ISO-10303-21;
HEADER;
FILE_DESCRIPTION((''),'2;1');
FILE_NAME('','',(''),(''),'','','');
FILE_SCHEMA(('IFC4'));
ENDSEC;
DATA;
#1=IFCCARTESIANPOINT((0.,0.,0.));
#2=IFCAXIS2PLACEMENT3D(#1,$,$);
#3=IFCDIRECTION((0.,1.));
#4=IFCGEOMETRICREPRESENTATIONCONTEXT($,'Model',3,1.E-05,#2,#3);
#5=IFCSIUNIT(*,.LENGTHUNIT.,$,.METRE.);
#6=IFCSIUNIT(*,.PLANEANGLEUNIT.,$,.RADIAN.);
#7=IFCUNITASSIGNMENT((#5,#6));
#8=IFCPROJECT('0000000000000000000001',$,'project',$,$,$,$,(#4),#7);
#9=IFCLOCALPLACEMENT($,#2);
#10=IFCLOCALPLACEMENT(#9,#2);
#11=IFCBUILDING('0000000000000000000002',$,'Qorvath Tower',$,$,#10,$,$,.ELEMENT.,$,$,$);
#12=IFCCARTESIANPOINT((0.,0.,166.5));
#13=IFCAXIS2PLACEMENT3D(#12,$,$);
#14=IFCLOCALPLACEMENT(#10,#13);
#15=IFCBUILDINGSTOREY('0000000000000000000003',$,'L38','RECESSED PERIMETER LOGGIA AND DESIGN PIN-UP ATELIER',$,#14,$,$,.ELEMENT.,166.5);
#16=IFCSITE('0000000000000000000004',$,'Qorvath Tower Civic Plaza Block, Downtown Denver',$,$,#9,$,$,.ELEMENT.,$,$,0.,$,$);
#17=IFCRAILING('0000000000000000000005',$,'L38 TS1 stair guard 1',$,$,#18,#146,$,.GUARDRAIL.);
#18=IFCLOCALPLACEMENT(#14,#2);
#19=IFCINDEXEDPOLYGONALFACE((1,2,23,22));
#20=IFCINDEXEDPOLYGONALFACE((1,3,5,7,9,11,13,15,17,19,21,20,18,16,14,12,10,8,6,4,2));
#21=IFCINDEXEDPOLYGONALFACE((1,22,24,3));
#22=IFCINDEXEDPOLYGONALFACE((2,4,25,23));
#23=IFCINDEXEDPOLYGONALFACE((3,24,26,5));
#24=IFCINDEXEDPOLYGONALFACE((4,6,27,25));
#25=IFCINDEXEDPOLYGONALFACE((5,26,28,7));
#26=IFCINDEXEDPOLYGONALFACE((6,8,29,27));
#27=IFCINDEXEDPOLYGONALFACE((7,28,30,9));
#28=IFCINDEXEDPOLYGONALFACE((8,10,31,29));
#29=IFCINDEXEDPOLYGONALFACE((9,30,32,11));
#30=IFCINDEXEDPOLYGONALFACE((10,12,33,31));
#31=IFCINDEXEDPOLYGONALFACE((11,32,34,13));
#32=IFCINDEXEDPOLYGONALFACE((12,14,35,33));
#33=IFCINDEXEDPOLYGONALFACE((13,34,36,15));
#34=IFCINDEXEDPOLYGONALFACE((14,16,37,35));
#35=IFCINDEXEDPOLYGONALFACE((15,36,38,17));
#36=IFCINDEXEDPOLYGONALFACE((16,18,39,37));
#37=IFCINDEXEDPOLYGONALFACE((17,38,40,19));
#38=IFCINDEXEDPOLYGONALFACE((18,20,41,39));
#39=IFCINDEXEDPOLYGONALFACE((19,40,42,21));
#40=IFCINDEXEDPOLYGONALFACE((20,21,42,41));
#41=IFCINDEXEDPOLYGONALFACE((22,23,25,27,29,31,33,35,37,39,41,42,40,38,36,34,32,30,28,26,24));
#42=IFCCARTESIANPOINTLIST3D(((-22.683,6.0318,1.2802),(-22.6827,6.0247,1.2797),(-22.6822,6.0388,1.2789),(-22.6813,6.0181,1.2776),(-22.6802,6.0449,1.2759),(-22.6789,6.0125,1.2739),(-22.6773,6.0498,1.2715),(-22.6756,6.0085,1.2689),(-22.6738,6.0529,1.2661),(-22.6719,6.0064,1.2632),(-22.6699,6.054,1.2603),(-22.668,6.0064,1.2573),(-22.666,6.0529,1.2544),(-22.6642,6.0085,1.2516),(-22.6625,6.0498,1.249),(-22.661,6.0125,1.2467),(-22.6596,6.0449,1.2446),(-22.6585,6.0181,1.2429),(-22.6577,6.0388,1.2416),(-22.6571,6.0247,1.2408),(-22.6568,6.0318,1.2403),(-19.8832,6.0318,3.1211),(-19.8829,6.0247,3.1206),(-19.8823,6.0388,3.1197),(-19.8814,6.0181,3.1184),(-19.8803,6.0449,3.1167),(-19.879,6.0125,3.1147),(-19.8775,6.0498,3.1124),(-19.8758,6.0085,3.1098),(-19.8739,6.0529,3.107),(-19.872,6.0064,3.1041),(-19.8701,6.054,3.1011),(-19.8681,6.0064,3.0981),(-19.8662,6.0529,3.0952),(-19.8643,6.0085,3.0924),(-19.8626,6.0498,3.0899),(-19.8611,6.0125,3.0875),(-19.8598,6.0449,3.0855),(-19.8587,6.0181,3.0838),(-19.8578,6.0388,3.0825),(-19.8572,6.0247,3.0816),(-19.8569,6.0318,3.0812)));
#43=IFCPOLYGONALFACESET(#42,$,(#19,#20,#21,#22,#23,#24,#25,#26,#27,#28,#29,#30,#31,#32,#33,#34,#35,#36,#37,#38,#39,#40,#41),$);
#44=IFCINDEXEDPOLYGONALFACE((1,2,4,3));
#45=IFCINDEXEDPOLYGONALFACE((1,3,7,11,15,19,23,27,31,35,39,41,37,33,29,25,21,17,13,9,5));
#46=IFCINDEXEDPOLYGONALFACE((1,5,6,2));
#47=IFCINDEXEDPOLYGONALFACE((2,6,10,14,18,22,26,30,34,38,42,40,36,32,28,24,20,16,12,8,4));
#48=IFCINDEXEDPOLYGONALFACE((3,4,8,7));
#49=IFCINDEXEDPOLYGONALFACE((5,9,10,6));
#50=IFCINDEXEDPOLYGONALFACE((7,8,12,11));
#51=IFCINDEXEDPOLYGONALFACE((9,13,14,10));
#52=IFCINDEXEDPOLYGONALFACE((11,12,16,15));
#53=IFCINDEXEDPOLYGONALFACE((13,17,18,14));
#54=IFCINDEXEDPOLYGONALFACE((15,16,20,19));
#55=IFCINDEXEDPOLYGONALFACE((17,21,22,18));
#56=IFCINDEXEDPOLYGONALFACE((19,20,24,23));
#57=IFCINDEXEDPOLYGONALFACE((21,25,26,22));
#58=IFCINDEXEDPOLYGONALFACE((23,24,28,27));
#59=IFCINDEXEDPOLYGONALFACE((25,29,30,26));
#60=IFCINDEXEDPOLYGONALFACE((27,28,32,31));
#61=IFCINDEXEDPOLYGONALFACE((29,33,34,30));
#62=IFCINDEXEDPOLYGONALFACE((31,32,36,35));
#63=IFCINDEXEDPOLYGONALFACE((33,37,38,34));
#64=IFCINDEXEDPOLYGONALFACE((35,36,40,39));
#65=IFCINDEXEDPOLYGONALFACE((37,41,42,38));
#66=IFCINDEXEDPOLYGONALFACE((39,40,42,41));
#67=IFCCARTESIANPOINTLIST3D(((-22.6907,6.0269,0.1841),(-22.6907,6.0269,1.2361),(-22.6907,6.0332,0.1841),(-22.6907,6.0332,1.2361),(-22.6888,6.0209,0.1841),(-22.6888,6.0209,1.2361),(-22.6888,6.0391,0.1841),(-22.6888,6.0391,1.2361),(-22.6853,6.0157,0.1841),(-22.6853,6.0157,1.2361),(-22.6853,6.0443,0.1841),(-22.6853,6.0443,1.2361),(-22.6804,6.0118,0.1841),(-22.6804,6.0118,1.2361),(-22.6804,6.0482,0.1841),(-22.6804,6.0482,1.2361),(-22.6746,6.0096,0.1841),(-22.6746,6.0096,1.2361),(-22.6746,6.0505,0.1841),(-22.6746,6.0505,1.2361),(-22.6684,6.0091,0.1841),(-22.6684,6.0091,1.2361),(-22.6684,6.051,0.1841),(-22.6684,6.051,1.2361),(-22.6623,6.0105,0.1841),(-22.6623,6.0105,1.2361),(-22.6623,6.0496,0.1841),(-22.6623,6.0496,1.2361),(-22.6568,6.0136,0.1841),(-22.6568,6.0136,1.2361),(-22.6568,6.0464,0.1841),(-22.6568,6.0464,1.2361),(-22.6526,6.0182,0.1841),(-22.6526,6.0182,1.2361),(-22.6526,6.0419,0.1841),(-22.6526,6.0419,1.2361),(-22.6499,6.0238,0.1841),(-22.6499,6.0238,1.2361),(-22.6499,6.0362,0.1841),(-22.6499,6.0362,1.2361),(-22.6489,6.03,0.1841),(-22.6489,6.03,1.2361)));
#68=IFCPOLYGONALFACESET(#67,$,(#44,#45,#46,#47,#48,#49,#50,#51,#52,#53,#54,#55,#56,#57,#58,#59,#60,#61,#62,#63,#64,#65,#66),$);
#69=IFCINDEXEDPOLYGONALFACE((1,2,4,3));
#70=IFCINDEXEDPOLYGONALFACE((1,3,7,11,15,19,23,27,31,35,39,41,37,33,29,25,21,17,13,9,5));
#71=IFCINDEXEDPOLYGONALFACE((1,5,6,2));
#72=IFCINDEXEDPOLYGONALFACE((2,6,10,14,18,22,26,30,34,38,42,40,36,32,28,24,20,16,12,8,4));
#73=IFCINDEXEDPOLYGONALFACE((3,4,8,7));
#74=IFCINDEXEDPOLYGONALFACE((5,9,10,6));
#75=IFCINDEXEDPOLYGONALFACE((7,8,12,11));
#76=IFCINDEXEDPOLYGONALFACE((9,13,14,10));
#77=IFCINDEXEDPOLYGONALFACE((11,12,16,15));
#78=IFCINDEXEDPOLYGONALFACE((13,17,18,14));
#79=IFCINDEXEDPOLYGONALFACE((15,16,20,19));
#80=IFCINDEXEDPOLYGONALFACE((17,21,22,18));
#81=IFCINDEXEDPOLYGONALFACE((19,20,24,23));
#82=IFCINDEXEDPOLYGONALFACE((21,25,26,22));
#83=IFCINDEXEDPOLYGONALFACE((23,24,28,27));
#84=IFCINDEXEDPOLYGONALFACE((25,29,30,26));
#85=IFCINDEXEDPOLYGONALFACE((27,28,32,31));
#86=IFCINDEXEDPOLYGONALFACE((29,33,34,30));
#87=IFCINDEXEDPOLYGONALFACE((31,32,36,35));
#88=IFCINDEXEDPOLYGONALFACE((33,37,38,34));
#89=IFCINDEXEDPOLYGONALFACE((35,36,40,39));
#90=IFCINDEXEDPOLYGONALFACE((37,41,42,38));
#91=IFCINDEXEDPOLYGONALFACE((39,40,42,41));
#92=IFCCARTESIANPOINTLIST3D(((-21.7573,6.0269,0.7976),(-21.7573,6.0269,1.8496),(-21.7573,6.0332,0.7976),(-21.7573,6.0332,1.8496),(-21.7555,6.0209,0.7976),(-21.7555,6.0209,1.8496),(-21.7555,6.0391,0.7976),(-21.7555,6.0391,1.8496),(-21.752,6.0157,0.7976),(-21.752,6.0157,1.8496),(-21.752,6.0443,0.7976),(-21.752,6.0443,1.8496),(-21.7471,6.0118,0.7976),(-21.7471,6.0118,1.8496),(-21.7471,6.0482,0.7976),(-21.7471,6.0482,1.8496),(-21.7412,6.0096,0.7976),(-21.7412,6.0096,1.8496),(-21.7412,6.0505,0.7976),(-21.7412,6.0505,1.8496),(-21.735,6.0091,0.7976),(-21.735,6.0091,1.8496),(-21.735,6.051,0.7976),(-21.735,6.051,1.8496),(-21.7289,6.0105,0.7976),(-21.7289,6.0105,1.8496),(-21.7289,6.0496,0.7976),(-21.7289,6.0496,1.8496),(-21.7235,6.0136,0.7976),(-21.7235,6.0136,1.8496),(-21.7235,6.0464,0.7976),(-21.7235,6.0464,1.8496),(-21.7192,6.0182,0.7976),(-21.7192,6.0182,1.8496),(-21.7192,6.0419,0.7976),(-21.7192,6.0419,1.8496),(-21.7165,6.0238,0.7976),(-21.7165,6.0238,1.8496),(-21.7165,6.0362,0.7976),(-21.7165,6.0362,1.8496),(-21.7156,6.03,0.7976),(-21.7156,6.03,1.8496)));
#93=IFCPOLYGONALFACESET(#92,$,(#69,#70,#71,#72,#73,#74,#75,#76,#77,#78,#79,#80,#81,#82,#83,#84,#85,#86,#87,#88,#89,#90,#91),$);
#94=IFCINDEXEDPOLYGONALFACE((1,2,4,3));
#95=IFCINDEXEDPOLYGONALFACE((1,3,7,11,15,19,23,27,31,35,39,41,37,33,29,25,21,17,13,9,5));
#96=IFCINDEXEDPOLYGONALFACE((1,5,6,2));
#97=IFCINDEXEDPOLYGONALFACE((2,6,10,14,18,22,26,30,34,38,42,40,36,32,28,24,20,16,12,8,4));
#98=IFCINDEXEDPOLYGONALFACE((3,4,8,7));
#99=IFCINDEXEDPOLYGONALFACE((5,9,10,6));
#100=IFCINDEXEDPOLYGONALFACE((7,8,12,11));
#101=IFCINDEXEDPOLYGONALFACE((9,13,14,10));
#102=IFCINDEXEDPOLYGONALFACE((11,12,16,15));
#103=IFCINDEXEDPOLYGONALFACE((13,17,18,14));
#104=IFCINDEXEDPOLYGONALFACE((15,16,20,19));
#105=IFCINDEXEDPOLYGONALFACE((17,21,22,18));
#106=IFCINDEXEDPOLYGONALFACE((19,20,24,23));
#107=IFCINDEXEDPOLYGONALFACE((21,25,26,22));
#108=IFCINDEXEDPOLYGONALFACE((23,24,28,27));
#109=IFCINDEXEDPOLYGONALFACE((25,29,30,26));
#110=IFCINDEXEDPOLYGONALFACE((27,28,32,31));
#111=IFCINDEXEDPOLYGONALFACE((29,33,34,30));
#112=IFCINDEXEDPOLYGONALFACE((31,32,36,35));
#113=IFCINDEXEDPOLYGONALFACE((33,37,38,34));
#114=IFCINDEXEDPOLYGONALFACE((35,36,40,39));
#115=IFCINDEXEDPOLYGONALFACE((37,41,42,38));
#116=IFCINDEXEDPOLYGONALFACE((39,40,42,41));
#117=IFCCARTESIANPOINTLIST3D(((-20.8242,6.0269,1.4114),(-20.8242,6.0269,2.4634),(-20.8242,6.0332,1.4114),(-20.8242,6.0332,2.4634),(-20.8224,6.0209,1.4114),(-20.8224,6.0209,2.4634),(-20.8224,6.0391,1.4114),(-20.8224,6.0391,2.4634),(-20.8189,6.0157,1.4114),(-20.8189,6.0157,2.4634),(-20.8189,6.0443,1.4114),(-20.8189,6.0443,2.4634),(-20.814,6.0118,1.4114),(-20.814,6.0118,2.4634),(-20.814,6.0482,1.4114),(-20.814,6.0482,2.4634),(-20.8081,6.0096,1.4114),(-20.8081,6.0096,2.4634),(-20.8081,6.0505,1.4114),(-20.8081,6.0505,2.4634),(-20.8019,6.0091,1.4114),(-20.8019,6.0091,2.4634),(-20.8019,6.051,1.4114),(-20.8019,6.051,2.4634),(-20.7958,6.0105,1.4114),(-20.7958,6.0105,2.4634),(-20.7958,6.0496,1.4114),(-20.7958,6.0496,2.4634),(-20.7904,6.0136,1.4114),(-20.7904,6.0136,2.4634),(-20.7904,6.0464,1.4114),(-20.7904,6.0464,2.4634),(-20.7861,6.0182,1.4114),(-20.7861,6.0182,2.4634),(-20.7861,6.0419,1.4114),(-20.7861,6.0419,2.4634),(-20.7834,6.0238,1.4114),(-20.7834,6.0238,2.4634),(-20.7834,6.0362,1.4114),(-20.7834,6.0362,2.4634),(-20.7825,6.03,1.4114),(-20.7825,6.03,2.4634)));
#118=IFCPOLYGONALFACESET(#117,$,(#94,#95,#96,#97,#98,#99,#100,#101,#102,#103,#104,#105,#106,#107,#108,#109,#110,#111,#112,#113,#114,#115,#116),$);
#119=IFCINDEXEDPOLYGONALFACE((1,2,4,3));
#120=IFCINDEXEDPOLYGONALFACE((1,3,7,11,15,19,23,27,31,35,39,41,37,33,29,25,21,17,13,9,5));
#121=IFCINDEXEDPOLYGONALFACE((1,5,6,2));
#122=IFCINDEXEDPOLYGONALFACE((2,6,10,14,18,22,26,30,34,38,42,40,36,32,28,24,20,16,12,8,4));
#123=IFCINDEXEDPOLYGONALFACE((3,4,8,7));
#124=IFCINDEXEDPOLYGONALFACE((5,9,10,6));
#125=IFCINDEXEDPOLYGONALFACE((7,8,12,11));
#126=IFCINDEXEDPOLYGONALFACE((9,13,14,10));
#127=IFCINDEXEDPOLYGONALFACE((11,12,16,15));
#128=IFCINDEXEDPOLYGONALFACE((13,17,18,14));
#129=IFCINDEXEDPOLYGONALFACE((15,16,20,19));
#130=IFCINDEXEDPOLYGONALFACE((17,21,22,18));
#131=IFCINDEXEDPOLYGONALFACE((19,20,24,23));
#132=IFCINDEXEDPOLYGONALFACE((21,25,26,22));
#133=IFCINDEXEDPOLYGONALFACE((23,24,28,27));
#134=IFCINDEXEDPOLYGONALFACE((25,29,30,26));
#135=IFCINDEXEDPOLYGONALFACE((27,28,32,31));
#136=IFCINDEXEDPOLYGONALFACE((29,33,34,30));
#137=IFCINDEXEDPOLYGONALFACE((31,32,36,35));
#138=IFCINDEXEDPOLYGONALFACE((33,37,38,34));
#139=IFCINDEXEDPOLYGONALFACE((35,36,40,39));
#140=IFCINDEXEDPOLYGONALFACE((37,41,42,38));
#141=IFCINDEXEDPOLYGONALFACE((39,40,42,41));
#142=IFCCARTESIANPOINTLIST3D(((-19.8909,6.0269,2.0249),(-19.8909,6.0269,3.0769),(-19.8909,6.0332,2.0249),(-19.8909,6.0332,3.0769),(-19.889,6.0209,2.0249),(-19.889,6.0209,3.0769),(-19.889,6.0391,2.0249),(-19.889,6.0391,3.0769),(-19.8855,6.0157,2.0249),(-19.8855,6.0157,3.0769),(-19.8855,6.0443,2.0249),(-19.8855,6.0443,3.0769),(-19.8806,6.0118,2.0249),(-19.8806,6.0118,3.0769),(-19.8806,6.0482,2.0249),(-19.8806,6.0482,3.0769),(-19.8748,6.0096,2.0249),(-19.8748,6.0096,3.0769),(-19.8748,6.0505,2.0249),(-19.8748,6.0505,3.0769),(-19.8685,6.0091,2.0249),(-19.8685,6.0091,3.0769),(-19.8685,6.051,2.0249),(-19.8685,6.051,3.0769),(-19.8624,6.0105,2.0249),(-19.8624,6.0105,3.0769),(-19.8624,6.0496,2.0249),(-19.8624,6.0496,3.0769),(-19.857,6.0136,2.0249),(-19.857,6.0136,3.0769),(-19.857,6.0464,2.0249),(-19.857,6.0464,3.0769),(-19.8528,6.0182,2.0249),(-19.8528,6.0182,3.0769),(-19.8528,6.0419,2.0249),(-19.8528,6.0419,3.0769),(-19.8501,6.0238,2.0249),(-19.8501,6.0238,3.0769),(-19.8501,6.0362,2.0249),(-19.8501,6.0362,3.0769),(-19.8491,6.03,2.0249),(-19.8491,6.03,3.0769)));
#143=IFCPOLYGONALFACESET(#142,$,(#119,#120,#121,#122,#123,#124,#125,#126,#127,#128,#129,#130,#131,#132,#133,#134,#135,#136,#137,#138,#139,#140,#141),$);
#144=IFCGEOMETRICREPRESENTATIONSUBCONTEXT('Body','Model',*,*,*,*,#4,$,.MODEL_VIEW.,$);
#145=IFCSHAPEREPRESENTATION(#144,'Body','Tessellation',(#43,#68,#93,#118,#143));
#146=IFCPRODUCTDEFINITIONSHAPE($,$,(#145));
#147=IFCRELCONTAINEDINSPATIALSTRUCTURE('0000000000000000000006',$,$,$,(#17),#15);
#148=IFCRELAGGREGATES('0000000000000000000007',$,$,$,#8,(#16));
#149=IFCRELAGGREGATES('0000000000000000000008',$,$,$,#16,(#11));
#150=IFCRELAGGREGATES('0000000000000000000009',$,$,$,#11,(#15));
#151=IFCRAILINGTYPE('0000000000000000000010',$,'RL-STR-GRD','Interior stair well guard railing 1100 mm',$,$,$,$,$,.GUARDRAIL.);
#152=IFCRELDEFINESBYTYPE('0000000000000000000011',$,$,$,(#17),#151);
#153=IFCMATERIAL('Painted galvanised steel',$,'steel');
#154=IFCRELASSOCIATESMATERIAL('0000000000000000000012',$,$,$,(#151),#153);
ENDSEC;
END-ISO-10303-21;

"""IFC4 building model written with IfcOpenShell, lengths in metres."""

from ifc_helpers import new_model, si_unit, direction, frame, origin, origin_2d, place, context, subcontext, project, spatial, circle, extrude, material, type_object, element, save


model = new_model("IFC4")

# Units and contexts
model_context = context("Model", 3, precision=1e-05, world=origin(), true_north=direction((0.0, 1.0)))
body_context = subcontext(model_context, "Body", "Model", "MODEL_VIEW")
ifc_project = project(units=[si_unit("LENGTHUNIT", "METRE"), si_unit("PLANEANGLEUNIT", "RADIAN")], contexts=[model_context])

# Site, building, storey
site_placement = place(None, origin())
site = spatial("IfcSite", under=ifc_project, at=site_placement, Name="Qorvath Tower Civic Plaza Block, Downtown Denver", CompositionType="ELEMENT", RefElevation=0.0)
building_placement = place(site_placement, origin())
building = spatial("IfcBuilding", under=site, at=building_placement, Name="Qorvath Tower", CompositionType="ELEMENT")
storey_placement = place(building_placement, frame((0.0, 0.0, 166.5)))
storey = spatial("IfcBuildingStorey", under=building, at=storey_placement, Name="L38", Description="RECESSED PERIMETER LOGGIA AND DESIGN PIN-UP ATELIER", CompositionType="ELEMENT", Elevation=166.5)

# Railing
ifc_material_1 = material(Name="Painted galvanised steel", Category="steel")
railing_type_1 = type_object("IfcRailingType", Name="RL-STR-GRD", Description="Interior stair well guard railing 1100 mm", PredefinedType="GUARDRAIL", material=ifc_material_1)
railing_1_placement = place(storey_placement, frame((-22.6699, 6.03, 0.1841)))
element("IfcRailing", 1, at=railing_1_placement, inside=storey, type_object=railing_type_1, Name="L38 TS1 stair guard 1", PredefinedType="GUARDRAIL", context=body_context, shape_type="SweptSolid", body=[
    extrude(circle(Radius=0.0239, at=origin_2d()), frame((0.0, 0.0, 1.0762), z_axis=(0.835576, 0.0, 0.549376), x_axis=(0.0, 1.0, 0.0)), (0.0, 0.0, 1.0), 3.3508),
    extrude(circle(Radius=0.021, at=origin_2d()), origin(), (0.0, 0.0, 1.0), 1.052),
    extrude(circle(Radius=0.021, at=origin_2d()), frame((0.9333, 0.0, 0.6135)), (0.0, 0.0, 1.0), 1.052),
    extrude(circle(Radius=0.021, at=origin_2d()), frame((1.8665, 0.0, 1.2273)), (0.0, 0.0, 1.0), 1.052),
    extrude(circle(Radius=0.021, at=origin_2d()), frame((2.7998, 0.0, 1.8408)), (0.0, 0.0, 1.0), 1.052),
])

save(model, "model.ifc")
